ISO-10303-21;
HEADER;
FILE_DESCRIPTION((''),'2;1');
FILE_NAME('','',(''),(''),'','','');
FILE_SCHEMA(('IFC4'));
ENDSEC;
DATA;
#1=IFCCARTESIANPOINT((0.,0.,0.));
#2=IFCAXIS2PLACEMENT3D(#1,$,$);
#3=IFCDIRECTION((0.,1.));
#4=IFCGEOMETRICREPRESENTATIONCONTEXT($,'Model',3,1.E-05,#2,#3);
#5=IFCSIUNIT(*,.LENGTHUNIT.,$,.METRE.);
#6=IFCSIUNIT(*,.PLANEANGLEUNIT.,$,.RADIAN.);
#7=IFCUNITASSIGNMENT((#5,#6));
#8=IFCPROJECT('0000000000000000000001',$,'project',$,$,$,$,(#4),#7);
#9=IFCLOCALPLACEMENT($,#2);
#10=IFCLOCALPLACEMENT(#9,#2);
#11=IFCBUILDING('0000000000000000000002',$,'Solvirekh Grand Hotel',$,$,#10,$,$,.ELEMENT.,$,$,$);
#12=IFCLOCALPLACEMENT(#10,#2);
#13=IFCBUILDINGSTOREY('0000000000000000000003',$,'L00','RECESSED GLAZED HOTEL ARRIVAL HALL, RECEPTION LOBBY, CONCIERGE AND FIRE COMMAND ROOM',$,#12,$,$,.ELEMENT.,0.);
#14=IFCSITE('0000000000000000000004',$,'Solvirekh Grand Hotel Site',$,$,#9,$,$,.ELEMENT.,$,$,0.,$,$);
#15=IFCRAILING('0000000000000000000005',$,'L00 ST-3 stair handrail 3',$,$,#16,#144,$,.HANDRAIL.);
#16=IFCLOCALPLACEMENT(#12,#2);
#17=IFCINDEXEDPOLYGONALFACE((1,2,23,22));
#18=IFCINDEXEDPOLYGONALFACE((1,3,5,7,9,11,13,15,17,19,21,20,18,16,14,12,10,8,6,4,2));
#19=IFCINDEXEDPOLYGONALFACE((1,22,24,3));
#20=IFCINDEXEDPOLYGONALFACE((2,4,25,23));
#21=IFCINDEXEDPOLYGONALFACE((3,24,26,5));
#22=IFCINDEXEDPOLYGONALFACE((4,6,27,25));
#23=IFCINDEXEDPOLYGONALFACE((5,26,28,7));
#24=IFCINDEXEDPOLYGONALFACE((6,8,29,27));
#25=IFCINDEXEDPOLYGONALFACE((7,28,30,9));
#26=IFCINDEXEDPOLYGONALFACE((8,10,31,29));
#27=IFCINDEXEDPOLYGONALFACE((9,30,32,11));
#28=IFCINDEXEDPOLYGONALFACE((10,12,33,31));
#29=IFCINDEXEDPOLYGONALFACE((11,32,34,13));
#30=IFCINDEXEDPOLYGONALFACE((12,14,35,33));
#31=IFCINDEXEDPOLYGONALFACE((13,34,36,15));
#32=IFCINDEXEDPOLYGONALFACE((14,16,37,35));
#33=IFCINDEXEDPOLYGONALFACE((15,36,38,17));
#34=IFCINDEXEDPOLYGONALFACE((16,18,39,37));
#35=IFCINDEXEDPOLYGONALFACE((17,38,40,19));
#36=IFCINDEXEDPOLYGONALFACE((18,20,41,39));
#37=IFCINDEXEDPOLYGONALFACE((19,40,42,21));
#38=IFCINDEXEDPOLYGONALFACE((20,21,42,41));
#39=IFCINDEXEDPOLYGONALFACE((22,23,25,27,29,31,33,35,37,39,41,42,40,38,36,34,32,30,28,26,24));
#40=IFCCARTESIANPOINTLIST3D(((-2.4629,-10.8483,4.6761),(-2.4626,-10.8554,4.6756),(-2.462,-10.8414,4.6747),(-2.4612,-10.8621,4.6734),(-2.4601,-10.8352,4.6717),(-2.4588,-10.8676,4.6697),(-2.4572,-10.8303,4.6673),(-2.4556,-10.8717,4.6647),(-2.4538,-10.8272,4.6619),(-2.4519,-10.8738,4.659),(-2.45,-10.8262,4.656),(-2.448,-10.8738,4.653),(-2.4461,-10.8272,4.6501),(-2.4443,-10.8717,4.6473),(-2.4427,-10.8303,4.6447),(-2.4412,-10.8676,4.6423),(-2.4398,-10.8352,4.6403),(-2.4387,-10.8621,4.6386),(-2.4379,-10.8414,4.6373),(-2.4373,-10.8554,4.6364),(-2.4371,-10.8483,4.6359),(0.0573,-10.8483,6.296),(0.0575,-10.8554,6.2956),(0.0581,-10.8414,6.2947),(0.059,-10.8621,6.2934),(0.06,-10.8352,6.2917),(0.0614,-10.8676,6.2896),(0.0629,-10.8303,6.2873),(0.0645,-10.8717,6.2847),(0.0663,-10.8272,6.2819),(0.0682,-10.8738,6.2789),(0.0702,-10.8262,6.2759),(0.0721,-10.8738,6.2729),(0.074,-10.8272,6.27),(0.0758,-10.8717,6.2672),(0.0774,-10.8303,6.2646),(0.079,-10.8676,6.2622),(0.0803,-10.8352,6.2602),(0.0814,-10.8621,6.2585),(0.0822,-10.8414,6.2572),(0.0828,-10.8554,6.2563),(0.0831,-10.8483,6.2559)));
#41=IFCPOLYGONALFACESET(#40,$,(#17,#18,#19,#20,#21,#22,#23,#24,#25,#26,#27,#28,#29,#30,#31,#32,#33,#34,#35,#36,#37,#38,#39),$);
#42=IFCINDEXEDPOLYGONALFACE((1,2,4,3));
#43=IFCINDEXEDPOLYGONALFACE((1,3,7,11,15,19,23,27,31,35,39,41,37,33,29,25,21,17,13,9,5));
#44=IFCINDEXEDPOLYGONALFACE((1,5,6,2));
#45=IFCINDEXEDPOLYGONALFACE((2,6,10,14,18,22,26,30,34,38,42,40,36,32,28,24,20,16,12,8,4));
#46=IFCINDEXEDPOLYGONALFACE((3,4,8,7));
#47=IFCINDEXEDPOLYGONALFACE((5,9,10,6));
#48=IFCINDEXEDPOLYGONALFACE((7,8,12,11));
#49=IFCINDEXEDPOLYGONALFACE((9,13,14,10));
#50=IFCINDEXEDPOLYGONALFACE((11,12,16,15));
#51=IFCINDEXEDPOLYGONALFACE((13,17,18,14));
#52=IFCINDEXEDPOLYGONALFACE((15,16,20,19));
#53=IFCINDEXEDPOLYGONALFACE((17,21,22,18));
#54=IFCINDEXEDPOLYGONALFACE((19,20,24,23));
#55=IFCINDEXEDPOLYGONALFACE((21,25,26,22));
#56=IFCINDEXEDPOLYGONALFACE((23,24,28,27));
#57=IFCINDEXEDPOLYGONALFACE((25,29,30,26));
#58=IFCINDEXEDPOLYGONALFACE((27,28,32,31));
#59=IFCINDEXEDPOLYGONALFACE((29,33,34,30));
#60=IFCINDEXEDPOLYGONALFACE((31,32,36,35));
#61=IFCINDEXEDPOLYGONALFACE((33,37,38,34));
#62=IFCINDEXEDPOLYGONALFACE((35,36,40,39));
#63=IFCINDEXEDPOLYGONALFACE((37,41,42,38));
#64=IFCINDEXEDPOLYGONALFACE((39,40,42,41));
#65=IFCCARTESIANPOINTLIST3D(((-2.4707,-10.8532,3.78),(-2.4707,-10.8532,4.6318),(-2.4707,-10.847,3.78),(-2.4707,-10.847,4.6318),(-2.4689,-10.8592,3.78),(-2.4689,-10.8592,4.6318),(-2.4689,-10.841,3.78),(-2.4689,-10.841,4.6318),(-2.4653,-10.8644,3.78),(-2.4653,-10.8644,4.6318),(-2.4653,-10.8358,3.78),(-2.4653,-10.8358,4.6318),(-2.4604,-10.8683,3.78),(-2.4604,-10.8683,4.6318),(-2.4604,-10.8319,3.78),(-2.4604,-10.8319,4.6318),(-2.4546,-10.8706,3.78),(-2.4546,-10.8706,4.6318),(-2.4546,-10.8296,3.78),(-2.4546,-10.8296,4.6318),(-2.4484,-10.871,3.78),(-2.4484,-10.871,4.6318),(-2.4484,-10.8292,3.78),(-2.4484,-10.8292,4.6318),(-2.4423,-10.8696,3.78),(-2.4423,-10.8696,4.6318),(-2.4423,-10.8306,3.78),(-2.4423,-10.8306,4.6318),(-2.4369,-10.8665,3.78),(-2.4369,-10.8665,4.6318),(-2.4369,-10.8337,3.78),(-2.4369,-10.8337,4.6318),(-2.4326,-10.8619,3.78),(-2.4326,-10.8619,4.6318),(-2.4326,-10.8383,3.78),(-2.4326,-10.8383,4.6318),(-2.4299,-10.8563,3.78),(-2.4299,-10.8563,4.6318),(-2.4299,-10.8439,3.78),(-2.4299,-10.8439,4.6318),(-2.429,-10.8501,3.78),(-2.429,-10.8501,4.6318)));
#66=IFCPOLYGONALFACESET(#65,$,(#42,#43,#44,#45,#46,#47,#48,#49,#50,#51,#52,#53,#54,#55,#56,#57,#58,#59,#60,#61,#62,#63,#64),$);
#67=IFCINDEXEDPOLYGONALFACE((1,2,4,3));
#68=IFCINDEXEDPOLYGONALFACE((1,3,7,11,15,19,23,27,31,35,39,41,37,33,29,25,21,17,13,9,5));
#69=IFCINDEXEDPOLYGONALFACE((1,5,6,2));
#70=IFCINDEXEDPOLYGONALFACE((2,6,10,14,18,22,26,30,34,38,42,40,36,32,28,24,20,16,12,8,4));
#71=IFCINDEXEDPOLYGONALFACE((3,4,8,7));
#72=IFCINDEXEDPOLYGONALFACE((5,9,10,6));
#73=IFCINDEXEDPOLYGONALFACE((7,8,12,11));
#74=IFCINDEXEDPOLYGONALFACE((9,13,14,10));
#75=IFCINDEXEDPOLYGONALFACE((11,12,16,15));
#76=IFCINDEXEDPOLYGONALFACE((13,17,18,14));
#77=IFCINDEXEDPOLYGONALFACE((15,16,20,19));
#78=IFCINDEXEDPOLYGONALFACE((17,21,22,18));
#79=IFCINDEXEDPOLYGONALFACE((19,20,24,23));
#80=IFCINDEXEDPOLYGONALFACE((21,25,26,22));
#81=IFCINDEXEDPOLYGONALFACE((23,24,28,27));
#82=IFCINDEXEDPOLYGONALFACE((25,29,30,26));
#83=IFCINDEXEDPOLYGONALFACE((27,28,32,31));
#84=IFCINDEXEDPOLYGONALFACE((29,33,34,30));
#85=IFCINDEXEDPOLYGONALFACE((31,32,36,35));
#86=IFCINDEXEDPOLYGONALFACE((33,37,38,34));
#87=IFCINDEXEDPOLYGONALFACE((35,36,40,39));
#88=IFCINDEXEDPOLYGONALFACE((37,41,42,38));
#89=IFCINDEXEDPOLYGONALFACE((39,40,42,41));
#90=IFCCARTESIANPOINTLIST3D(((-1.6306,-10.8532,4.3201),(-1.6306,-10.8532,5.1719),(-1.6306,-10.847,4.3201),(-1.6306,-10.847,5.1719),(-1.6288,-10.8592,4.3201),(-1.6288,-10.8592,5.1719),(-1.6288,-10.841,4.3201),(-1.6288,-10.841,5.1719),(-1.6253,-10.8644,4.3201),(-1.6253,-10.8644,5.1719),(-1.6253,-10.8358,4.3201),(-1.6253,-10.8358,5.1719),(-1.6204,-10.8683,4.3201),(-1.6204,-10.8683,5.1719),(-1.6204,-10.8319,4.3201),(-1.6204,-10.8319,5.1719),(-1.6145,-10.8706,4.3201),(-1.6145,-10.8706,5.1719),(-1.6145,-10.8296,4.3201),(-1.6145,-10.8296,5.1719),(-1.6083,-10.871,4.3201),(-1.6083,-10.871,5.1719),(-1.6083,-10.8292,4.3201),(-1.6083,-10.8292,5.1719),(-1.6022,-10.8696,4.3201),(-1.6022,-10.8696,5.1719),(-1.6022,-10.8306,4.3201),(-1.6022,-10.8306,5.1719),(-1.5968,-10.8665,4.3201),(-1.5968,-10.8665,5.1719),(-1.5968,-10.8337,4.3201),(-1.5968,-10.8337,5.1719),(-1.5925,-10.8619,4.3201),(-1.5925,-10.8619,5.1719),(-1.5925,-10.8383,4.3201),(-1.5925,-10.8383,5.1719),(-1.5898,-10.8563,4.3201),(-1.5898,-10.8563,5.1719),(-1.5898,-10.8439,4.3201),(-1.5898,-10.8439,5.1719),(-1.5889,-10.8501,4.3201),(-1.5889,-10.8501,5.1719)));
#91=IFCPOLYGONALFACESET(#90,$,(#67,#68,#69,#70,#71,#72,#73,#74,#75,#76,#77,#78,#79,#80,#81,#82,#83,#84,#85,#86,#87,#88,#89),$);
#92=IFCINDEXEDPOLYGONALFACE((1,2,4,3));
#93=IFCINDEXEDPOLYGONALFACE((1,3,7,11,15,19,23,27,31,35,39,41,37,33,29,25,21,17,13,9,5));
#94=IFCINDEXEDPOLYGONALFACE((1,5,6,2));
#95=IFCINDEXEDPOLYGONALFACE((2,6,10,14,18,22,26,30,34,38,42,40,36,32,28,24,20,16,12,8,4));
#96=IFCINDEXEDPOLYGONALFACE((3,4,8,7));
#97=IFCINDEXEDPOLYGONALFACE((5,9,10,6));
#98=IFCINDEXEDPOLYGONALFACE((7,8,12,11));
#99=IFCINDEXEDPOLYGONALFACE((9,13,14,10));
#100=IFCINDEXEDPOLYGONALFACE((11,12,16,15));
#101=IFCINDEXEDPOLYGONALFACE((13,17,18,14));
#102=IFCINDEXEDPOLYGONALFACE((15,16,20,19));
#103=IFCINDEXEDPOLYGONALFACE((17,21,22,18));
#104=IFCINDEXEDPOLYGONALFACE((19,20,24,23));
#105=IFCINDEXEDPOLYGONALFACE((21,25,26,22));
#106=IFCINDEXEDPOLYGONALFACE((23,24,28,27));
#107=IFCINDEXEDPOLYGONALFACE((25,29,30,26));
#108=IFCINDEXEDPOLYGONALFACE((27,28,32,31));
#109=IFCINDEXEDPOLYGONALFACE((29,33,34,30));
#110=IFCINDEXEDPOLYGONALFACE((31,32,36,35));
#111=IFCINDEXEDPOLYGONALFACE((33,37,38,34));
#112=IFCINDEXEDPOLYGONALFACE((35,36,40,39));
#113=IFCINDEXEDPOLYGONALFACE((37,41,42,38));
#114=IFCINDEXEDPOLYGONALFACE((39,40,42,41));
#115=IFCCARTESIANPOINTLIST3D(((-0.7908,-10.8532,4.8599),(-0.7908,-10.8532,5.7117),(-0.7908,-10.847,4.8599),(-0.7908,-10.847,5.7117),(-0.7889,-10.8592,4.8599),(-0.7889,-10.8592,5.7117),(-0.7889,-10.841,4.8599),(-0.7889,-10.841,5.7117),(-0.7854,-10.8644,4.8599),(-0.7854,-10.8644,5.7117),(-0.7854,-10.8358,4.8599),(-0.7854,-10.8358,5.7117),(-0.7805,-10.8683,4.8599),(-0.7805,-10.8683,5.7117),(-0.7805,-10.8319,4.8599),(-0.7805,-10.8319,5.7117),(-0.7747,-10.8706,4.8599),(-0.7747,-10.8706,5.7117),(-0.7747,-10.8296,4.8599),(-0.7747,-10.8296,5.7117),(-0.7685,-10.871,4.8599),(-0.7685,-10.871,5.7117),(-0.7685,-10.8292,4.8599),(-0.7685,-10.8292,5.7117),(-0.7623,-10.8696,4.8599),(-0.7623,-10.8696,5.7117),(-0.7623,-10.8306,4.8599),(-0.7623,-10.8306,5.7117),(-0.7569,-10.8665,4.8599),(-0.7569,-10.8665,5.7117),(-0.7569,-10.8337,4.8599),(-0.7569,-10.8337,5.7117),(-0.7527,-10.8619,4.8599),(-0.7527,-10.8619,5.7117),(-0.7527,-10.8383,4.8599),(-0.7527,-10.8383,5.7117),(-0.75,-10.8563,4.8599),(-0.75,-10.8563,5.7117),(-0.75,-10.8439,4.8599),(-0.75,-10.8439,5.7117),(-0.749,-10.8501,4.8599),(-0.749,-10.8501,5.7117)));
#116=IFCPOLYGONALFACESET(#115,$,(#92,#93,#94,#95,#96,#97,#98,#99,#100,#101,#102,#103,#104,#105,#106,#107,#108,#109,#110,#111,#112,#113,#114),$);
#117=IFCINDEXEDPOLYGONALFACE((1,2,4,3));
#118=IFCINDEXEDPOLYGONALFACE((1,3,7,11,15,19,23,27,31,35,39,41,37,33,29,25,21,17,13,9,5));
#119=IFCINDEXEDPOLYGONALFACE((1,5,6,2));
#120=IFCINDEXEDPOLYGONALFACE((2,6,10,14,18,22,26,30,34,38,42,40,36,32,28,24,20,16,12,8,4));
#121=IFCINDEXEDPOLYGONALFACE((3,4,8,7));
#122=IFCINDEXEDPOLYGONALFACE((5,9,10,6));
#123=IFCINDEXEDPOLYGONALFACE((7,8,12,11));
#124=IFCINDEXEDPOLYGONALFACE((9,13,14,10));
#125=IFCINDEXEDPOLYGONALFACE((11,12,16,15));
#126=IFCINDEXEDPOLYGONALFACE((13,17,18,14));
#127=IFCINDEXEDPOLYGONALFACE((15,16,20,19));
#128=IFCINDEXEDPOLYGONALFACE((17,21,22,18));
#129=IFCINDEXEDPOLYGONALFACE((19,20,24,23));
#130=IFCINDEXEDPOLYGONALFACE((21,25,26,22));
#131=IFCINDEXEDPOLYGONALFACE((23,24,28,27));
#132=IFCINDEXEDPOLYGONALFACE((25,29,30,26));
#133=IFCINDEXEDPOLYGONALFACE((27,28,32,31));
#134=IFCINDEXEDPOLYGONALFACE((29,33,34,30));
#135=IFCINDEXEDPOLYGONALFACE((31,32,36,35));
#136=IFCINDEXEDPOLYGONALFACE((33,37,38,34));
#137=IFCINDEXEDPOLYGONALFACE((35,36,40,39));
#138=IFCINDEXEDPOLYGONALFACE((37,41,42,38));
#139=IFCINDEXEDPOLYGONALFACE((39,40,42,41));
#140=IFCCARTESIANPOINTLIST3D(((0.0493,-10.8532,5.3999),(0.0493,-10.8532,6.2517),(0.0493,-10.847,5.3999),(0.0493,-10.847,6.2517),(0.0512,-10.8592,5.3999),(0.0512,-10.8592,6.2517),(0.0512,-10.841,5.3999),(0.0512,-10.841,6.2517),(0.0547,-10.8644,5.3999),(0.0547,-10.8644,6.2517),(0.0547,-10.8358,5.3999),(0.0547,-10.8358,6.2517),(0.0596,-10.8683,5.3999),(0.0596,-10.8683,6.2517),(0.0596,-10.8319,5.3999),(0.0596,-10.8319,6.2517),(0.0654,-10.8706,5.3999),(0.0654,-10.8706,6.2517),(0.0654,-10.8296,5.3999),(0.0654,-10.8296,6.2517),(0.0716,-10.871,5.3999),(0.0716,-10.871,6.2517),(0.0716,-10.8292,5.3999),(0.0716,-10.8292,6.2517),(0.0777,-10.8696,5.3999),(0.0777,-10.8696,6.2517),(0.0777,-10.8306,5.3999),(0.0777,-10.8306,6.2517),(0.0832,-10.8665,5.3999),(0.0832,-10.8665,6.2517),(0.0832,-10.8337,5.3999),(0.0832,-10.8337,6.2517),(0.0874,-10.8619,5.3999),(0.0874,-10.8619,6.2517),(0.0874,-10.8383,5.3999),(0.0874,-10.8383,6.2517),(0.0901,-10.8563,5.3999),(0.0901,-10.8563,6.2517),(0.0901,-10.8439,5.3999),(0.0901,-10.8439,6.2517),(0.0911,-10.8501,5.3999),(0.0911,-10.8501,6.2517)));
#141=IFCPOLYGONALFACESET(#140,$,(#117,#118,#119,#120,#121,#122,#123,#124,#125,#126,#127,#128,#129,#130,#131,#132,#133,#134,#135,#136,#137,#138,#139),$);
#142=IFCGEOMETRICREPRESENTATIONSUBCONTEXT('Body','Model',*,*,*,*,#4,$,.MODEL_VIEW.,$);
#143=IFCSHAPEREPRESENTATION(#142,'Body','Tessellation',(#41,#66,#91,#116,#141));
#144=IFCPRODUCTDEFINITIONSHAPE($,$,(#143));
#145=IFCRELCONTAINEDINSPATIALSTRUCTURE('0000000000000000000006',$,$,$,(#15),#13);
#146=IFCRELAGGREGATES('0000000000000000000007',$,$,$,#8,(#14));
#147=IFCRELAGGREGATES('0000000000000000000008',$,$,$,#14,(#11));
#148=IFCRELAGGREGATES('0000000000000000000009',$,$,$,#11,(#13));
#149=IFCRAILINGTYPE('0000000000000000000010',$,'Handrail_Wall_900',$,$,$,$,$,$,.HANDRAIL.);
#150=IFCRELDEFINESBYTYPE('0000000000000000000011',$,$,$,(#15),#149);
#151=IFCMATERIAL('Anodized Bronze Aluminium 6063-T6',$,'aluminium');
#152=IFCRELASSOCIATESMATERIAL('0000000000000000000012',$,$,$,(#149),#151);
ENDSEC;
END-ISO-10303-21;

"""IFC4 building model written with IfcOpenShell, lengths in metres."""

from ifc_helpers import new_model, si_unit, direction, frame, origin, origin_2d, place, context, subcontext, project, spatial, circle, extrude, material, type_object, element, save


model = new_model("IFC4")

# Units and contexts
model_context = context("Model", 3, precision=1e-05, world=origin(), true_north=direction((0.0, 1.0)))
body_context = subcontext(model_context, "Body", "Model", "MODEL_VIEW")
ifc_project = project(units=[si_unit("LENGTHUNIT", "METRE"), si_unit("PLANEANGLEUNIT", "RADIAN")], contexts=[model_context])

# Site, building, storey
site_placement = place(None, origin())
site = spatial("IfcSite", under=ifc_project, at=site_placement, Name="Solvirekh Grand Hotel Site", CompositionType="ELEMENT", RefElevation=0.0)
building_placement = place(site_placement, origin())
building = spatial("IfcBuilding", under=site, at=building_placement, Name="Solvirekh Grand Hotel", CompositionType="ELEMENT")
storey_placement = place(building_placement, origin())
storey = spatial("IfcBuildingStorey", under=building, at=storey_placement, Name="L00", Description="RECESSED GLAZED HOTEL ARRIVAL HALL, RECEPTION LOBBY, CONCIERGE AND FIRE COMMAND ROOM", CompositionType="ELEMENT", Elevation=0.0)

# Shared definitions
ifc_material_1 = material(Name="Anodized Bronze Aluminium 6063-T6", Category="aluminium")

# Railing
railing_type = type_object("IfcRailingType", Name="Handrail_Wall_900", PredefinedType="HANDRAIL", material=ifc_material_1)
railing_1_placement = place(storey_placement, frame((-2.45, -10.8501, 3.78)))
element("IfcRailing", 1, at=railing_1_placement, inside=storey, type_object=railing_type, Name="L00 ST-3 stair handrail 3", PredefinedType="HANDRAIL", context=body_context, shape_type="SweptSolid", body=[
    extrude(circle(Radius=0.0239, at=origin_2d()), frame((0.0, 0.0, 0.876), z_axis=(0.8412, 0.0, 0.540725), x_axis=(0.0, 1.0, 0.0)), (0.0, 0.0, 1.0), 2.9958),
    extrude(circle(Radius=0.021, at=origin_2d()), origin(), (0.0, 0.0, 1.0), 0.8518),
    extrude(circle(Radius=0.021, at=origin_2d()), frame((0.8401, 0.0, 0.54)), (0.0, 0.0, 1.0), 0.8518),
    extrude(circle(Radius=0.021, at=origin_2d()), frame((1.6799, 0.0, 1.0798)), (0.0, 0.0, 1.0), 0.8518),
    extrude(circle(Radius=0.021, at=origin_2d()), frame((2.52, 0.0, 1.6199)), (0.0, 0.0, 1.0), 0.8518),
])

save(model, "model.ifc")
